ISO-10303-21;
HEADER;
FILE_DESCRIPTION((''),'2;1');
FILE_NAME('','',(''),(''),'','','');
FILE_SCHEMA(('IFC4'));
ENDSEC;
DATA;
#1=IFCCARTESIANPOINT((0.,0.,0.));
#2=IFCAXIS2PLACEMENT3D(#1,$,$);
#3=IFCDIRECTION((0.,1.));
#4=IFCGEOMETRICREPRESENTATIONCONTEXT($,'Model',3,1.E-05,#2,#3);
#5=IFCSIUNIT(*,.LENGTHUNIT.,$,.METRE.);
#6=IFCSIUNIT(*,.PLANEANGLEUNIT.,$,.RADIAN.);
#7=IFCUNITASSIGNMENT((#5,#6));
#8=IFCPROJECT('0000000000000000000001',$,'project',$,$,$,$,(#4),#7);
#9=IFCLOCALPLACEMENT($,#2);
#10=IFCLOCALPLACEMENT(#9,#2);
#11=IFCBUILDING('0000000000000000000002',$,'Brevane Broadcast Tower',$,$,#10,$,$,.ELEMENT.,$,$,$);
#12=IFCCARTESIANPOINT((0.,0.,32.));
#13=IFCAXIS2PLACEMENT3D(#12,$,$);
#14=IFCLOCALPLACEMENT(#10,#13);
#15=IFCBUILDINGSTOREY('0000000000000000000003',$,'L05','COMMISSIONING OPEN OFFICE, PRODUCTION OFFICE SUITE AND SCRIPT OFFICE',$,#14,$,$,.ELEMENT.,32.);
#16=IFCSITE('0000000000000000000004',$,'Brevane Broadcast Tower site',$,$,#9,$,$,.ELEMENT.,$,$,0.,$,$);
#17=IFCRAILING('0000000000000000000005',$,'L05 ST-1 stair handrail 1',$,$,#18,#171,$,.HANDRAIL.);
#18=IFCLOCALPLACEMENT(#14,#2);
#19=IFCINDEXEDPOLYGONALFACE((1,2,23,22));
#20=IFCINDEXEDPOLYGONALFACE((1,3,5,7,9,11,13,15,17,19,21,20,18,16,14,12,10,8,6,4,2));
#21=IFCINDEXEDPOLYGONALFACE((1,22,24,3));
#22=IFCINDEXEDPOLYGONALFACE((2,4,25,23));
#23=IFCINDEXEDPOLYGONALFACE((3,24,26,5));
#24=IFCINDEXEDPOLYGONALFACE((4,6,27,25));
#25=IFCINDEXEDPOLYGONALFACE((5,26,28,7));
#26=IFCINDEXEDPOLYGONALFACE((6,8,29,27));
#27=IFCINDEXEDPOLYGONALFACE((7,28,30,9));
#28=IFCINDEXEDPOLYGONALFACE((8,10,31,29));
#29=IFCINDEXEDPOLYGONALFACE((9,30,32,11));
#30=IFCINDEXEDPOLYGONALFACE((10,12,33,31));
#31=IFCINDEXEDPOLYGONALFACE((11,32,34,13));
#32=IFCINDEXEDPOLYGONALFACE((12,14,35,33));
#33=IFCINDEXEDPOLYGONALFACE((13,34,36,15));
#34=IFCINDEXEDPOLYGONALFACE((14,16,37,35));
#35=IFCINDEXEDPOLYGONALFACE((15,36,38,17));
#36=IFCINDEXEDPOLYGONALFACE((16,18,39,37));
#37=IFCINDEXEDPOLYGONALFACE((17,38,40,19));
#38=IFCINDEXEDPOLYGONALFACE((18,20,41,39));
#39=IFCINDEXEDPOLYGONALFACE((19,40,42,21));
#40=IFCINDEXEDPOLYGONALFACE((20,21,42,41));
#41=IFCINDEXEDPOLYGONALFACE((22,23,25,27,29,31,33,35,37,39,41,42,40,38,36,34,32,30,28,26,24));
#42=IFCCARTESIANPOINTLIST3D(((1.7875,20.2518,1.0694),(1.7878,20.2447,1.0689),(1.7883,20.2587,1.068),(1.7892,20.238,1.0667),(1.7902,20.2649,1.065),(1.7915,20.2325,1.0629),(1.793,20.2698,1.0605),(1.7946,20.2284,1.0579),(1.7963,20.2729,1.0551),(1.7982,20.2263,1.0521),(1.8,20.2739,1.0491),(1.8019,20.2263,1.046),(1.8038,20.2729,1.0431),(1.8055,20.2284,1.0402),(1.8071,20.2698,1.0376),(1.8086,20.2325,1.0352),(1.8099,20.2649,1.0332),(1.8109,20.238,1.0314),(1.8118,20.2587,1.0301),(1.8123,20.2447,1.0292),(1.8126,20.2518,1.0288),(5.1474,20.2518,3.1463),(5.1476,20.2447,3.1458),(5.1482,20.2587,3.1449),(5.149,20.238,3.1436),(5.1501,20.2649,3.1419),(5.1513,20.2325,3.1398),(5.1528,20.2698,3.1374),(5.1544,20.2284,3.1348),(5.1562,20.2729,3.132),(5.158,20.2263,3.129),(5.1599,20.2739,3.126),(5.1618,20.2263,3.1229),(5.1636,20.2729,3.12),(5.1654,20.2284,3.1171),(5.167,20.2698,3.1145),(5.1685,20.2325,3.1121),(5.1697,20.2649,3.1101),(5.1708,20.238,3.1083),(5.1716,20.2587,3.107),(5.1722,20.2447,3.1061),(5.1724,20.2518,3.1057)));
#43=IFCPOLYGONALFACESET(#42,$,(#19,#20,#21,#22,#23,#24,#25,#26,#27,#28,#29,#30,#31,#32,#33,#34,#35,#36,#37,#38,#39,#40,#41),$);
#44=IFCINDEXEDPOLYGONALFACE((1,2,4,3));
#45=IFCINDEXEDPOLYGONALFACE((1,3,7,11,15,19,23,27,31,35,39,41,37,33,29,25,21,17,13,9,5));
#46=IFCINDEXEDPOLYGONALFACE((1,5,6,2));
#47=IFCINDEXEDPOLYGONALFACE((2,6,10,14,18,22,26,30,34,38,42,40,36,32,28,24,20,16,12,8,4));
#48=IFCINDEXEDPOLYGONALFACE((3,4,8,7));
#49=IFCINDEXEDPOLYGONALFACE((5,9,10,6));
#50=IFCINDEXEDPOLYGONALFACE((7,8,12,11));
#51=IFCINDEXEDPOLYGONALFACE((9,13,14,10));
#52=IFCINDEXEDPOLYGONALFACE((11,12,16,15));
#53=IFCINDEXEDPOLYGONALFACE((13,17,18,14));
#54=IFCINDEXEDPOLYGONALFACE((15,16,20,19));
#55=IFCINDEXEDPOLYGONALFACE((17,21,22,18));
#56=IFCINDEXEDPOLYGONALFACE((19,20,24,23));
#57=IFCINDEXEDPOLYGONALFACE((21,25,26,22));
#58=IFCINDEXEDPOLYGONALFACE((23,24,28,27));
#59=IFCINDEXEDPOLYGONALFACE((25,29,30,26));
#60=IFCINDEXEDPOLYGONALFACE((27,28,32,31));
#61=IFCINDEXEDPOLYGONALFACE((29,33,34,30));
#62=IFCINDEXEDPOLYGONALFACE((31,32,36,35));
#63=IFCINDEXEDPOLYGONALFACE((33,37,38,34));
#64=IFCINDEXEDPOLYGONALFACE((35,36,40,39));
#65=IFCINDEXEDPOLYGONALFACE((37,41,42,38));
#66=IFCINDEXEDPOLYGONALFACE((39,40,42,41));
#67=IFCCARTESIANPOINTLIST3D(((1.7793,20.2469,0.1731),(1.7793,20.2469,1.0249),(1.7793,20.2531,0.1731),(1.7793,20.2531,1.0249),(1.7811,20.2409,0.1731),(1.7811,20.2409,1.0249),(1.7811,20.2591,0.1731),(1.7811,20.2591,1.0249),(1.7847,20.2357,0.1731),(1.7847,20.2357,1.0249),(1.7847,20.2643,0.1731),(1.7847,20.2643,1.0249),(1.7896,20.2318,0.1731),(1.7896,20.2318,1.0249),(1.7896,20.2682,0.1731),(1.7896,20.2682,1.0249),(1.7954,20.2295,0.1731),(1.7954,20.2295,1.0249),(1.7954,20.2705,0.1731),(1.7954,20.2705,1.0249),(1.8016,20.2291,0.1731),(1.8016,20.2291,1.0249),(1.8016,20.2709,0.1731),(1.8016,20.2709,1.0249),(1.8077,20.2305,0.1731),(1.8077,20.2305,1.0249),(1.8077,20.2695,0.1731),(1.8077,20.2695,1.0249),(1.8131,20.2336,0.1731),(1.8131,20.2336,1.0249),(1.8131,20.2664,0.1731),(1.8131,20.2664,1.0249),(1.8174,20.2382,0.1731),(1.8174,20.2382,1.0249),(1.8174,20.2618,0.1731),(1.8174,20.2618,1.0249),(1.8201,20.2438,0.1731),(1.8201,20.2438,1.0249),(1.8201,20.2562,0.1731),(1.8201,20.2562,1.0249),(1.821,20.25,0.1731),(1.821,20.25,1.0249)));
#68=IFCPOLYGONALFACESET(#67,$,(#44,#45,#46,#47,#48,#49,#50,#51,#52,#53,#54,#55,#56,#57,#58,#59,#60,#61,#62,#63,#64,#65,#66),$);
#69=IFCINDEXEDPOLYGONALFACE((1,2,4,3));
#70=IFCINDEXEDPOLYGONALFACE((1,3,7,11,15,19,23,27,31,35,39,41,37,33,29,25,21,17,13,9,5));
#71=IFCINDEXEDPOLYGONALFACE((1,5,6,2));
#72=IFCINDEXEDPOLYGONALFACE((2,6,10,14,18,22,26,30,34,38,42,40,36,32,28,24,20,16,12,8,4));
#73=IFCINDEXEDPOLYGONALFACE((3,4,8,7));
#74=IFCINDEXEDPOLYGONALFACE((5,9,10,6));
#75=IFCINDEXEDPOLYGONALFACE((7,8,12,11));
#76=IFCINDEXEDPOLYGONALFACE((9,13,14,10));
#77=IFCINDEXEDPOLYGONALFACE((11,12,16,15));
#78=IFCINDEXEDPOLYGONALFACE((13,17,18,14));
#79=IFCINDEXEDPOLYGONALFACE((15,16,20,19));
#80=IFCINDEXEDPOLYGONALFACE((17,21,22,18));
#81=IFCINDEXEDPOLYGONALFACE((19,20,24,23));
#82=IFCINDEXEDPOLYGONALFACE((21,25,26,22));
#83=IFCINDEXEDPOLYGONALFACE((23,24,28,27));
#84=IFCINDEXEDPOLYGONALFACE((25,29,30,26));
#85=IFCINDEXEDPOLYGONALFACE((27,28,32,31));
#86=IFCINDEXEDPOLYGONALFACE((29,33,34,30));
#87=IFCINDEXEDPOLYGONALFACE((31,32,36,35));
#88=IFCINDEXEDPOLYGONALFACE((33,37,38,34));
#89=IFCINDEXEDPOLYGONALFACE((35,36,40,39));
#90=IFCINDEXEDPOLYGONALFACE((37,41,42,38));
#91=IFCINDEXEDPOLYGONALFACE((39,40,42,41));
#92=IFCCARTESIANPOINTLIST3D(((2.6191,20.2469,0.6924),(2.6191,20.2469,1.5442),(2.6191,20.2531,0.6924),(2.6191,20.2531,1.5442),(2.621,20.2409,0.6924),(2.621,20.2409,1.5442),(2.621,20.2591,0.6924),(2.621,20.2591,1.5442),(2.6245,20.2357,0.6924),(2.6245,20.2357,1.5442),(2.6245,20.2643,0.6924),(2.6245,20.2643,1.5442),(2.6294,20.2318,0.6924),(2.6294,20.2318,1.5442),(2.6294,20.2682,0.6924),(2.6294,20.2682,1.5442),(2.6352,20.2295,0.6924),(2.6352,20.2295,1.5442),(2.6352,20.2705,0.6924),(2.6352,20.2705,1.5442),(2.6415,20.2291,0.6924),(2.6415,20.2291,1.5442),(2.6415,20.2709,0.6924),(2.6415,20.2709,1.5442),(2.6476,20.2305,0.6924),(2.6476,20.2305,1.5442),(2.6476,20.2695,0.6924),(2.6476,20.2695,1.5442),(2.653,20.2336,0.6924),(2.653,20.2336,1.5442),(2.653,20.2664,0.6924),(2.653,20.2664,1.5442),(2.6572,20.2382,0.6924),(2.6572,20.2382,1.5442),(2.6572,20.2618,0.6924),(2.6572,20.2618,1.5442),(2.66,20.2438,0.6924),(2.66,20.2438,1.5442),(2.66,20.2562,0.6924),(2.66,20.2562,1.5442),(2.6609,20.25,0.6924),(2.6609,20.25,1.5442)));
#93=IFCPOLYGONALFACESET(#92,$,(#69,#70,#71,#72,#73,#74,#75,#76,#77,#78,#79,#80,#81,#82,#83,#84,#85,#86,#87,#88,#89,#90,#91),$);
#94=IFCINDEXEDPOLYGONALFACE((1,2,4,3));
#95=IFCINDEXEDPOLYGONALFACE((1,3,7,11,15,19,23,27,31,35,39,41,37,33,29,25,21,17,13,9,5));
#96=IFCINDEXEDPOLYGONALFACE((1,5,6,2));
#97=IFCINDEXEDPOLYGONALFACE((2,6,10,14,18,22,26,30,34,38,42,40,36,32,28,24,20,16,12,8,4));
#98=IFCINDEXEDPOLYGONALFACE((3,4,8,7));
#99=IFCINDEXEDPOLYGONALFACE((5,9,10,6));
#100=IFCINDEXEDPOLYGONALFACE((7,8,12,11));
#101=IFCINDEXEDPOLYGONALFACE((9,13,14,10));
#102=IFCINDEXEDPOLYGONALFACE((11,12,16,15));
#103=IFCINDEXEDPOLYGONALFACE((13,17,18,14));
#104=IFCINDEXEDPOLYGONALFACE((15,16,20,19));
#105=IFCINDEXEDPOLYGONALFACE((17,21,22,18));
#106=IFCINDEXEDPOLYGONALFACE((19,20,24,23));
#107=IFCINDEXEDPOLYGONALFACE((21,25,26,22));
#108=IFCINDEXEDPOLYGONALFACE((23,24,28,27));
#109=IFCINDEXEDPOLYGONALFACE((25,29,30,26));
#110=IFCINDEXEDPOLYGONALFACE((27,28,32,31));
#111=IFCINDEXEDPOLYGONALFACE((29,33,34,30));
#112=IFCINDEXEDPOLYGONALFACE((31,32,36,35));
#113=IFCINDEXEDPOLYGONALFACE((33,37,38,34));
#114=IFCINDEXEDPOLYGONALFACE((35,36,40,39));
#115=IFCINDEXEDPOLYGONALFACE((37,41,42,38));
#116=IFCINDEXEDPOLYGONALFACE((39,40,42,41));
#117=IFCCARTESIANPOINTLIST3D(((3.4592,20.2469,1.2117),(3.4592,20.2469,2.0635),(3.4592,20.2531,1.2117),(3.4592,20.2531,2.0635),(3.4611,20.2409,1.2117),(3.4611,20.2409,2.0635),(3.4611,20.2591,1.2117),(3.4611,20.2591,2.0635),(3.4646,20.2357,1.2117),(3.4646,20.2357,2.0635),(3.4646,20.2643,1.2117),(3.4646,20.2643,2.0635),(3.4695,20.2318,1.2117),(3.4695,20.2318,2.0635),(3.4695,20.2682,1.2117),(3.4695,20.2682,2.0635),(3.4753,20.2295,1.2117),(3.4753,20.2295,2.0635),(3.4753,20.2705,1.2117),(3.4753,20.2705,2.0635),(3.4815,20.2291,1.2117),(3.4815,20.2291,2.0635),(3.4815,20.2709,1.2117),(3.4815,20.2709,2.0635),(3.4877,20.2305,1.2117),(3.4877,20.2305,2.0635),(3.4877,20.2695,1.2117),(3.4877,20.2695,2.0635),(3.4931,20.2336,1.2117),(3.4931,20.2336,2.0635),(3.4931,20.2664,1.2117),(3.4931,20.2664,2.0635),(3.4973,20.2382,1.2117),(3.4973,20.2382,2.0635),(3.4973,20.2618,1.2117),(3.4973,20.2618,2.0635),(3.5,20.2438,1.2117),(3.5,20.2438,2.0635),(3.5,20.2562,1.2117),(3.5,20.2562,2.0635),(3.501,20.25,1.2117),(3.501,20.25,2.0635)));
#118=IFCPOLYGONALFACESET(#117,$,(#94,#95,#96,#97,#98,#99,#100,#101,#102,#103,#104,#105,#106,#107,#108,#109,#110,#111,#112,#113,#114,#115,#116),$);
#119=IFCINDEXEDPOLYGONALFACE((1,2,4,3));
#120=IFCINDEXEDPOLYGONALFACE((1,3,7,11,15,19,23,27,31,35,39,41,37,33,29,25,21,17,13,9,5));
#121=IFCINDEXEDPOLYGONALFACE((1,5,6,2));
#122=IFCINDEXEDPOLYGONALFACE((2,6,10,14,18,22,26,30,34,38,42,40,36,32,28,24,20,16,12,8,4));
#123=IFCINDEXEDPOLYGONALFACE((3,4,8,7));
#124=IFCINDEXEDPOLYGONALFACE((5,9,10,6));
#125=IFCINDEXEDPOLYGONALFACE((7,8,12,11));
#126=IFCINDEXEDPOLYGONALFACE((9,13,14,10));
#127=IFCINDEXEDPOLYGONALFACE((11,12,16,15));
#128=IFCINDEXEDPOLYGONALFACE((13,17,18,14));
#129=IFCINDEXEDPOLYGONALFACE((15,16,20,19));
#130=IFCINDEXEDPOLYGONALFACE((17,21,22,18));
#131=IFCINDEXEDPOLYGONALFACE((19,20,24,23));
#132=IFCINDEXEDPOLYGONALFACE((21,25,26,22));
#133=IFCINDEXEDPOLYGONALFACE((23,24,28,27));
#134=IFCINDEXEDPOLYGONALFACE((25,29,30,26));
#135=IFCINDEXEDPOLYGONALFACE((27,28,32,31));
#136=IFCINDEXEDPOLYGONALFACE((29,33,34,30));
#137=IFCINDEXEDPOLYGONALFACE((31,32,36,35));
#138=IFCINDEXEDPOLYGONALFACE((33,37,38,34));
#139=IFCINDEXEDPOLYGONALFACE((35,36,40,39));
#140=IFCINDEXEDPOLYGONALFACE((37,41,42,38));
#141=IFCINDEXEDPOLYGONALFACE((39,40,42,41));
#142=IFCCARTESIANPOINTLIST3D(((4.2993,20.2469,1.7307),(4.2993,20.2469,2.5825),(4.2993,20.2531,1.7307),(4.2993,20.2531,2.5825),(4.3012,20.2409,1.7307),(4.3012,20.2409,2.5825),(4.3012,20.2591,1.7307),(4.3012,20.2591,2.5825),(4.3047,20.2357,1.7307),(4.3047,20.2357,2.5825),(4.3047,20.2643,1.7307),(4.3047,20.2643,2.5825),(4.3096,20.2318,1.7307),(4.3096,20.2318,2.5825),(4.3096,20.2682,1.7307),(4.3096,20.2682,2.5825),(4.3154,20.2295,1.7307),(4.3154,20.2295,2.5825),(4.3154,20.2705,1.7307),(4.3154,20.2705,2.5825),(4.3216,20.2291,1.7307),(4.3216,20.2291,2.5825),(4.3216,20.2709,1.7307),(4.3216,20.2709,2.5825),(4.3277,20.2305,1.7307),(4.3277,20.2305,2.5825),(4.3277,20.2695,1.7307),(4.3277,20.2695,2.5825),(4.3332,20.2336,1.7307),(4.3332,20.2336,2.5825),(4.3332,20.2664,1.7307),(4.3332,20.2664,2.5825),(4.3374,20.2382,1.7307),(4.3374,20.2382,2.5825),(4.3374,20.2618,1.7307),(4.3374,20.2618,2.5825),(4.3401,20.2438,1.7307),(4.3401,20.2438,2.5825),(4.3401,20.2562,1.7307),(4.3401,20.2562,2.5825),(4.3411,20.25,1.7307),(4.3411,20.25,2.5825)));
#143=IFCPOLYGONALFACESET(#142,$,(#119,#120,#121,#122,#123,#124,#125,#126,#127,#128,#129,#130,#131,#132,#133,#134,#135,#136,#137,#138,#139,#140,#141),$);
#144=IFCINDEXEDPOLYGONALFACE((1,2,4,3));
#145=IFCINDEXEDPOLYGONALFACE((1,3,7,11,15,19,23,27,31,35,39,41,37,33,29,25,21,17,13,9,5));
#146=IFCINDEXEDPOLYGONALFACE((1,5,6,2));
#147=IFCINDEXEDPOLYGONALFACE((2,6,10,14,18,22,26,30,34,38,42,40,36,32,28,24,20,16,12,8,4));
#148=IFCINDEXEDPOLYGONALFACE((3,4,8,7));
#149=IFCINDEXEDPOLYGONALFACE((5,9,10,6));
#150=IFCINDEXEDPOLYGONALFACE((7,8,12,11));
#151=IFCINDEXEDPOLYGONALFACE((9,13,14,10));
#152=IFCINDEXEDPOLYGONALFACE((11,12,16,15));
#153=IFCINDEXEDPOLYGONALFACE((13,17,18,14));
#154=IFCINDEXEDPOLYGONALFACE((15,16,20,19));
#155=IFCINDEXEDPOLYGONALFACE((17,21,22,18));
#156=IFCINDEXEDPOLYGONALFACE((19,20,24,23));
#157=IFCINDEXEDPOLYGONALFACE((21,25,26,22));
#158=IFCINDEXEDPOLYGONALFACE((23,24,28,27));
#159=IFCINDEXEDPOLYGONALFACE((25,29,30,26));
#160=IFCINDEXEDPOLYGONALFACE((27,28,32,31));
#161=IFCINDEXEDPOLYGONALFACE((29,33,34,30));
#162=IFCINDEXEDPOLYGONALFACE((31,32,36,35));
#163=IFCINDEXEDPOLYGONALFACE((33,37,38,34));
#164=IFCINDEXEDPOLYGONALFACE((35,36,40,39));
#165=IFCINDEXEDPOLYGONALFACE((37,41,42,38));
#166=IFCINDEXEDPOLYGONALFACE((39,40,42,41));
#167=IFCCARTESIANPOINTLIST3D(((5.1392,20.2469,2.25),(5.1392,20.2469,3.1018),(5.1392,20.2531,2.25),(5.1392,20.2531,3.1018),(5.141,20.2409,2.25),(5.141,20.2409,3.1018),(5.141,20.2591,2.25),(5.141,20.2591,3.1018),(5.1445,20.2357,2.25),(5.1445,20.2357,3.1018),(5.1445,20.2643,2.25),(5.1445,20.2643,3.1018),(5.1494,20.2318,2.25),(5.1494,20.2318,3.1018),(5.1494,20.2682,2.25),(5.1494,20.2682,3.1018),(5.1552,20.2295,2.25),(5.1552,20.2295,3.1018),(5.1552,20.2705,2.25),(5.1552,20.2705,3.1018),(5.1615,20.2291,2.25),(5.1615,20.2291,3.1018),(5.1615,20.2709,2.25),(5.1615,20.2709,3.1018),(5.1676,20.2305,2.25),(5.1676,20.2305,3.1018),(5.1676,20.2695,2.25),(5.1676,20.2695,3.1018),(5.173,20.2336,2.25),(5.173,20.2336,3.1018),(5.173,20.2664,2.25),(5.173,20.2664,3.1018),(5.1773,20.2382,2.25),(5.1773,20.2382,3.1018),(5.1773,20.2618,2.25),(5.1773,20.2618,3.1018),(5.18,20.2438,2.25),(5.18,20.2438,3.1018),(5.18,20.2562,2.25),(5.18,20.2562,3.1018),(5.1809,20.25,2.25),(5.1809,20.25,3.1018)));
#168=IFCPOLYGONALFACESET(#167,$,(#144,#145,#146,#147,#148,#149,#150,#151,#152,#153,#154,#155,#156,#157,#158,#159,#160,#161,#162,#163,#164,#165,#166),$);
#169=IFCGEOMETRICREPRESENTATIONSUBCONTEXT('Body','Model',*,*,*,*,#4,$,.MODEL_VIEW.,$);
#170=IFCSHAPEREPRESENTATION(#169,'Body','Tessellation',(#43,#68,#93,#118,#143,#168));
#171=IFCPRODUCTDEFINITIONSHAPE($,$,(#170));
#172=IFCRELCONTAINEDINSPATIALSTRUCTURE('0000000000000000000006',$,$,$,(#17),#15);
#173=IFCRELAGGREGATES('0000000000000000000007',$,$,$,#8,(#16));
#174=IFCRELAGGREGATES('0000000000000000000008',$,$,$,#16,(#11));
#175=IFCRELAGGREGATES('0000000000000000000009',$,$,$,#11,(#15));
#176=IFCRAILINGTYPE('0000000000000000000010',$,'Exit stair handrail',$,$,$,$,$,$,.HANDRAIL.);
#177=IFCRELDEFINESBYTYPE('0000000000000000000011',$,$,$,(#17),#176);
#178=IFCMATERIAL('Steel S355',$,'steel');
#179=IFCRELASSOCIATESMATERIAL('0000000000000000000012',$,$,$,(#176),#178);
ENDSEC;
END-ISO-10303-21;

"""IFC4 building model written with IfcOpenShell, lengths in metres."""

from ifc_helpers import new_model, si_unit, direction, frame, origin, origin_2d, place, context, subcontext, project, spatial, circle, extrude, material, type_object, element, save


model = new_model("IFC4")

# Units and contexts
model_context = context("Model", 3, precision=1e-05, world=origin(), true_north=direction((0.0, 1.0)))
body_context = subcontext(model_context, "Body", "Model", "MODEL_VIEW")
ifc_project = project(units=[si_unit("LENGTHUNIT", "METRE"), si_unit("PLANEANGLEUNIT", "RADIAN")], contexts=[model_context])

# Site, building, storey
site_placement = place(None, origin())
site = spatial("IfcSite", under=ifc_project, at=site_placement, Name="Brevane Broadcast Tower site", CompositionType="ELEMENT", RefElevation=0.0)
building_placement = place(site_placement, origin())
building = spatial("IfcBuilding", under=site, at=building_placement, Name="Brevane Broadcast Tower", CompositionType="ELEMENT")
storey_placement = place(building_placement, frame((0.0, 0.0, 32.0)))
storey = spatial("IfcBuildingStorey", under=building, at=storey_placement, Name="L05", Description="COMMISSIONING OPEN OFFICE, PRODUCTION OFFICE SUITE AND SCRIPT OFFICE", CompositionType="ELEMENT", Elevation=32.0)

# Railing
ifc_material_1 = material(Name="Steel S355", Category="steel")
railing_type_1 = type_object("IfcRailingType", Name="Exit stair handrail", PredefinedType="HANDRAIL", material=ifc_material_1)
railing_1_placement = place(storey_placement, frame((1.8, 20.25, 0.1731)))
element("IfcRailing", 1, at=railing_1_placement, inside=storey, type_object=railing_type_1, Name="L05 ST-1 stair handrail 1", PredefinedType="HANDRAIL", context=body_context, shape_type="SweptSolid", body=[
    extrude(circle(Radius=0.0239, at=origin_2d()), frame((0.0, 0.0, 0.876), z_axis=(0.850606, 0.0, 0.525803), x_axis=(0.0, 1.0, 0.0)), (0.0, 0.0, 1.0), 3.95),
    extrude(circle(Radius=0.021, at=origin_2d()), origin(), (0.0, 0.0, 1.0), 0.8518),
    extrude(circle(Radius=0.021, at=origin_2d()), frame((0.8398, 0.0, 0.5193)), (0.0, 0.0, 1.0), 0.8518),
    extrude(circle(Radius=0.021, at=origin_2d()), frame((1.6799, 0.0, 1.0386)), (0.0, 0.0, 1.0), 0.8518),
    extrude(circle(Radius=0.021, at=origin_2d()), frame((2.52, 0.0, 1.5576)), (0.0, 0.0, 1.0), 0.8518),
    extrude(circle(Radius=0.021, at=origin_2d()), frame((3.3599, 0.0, 2.0769)), (0.0, 0.0, 1.0), 0.8518),
])

save(model, "model.ifc")
